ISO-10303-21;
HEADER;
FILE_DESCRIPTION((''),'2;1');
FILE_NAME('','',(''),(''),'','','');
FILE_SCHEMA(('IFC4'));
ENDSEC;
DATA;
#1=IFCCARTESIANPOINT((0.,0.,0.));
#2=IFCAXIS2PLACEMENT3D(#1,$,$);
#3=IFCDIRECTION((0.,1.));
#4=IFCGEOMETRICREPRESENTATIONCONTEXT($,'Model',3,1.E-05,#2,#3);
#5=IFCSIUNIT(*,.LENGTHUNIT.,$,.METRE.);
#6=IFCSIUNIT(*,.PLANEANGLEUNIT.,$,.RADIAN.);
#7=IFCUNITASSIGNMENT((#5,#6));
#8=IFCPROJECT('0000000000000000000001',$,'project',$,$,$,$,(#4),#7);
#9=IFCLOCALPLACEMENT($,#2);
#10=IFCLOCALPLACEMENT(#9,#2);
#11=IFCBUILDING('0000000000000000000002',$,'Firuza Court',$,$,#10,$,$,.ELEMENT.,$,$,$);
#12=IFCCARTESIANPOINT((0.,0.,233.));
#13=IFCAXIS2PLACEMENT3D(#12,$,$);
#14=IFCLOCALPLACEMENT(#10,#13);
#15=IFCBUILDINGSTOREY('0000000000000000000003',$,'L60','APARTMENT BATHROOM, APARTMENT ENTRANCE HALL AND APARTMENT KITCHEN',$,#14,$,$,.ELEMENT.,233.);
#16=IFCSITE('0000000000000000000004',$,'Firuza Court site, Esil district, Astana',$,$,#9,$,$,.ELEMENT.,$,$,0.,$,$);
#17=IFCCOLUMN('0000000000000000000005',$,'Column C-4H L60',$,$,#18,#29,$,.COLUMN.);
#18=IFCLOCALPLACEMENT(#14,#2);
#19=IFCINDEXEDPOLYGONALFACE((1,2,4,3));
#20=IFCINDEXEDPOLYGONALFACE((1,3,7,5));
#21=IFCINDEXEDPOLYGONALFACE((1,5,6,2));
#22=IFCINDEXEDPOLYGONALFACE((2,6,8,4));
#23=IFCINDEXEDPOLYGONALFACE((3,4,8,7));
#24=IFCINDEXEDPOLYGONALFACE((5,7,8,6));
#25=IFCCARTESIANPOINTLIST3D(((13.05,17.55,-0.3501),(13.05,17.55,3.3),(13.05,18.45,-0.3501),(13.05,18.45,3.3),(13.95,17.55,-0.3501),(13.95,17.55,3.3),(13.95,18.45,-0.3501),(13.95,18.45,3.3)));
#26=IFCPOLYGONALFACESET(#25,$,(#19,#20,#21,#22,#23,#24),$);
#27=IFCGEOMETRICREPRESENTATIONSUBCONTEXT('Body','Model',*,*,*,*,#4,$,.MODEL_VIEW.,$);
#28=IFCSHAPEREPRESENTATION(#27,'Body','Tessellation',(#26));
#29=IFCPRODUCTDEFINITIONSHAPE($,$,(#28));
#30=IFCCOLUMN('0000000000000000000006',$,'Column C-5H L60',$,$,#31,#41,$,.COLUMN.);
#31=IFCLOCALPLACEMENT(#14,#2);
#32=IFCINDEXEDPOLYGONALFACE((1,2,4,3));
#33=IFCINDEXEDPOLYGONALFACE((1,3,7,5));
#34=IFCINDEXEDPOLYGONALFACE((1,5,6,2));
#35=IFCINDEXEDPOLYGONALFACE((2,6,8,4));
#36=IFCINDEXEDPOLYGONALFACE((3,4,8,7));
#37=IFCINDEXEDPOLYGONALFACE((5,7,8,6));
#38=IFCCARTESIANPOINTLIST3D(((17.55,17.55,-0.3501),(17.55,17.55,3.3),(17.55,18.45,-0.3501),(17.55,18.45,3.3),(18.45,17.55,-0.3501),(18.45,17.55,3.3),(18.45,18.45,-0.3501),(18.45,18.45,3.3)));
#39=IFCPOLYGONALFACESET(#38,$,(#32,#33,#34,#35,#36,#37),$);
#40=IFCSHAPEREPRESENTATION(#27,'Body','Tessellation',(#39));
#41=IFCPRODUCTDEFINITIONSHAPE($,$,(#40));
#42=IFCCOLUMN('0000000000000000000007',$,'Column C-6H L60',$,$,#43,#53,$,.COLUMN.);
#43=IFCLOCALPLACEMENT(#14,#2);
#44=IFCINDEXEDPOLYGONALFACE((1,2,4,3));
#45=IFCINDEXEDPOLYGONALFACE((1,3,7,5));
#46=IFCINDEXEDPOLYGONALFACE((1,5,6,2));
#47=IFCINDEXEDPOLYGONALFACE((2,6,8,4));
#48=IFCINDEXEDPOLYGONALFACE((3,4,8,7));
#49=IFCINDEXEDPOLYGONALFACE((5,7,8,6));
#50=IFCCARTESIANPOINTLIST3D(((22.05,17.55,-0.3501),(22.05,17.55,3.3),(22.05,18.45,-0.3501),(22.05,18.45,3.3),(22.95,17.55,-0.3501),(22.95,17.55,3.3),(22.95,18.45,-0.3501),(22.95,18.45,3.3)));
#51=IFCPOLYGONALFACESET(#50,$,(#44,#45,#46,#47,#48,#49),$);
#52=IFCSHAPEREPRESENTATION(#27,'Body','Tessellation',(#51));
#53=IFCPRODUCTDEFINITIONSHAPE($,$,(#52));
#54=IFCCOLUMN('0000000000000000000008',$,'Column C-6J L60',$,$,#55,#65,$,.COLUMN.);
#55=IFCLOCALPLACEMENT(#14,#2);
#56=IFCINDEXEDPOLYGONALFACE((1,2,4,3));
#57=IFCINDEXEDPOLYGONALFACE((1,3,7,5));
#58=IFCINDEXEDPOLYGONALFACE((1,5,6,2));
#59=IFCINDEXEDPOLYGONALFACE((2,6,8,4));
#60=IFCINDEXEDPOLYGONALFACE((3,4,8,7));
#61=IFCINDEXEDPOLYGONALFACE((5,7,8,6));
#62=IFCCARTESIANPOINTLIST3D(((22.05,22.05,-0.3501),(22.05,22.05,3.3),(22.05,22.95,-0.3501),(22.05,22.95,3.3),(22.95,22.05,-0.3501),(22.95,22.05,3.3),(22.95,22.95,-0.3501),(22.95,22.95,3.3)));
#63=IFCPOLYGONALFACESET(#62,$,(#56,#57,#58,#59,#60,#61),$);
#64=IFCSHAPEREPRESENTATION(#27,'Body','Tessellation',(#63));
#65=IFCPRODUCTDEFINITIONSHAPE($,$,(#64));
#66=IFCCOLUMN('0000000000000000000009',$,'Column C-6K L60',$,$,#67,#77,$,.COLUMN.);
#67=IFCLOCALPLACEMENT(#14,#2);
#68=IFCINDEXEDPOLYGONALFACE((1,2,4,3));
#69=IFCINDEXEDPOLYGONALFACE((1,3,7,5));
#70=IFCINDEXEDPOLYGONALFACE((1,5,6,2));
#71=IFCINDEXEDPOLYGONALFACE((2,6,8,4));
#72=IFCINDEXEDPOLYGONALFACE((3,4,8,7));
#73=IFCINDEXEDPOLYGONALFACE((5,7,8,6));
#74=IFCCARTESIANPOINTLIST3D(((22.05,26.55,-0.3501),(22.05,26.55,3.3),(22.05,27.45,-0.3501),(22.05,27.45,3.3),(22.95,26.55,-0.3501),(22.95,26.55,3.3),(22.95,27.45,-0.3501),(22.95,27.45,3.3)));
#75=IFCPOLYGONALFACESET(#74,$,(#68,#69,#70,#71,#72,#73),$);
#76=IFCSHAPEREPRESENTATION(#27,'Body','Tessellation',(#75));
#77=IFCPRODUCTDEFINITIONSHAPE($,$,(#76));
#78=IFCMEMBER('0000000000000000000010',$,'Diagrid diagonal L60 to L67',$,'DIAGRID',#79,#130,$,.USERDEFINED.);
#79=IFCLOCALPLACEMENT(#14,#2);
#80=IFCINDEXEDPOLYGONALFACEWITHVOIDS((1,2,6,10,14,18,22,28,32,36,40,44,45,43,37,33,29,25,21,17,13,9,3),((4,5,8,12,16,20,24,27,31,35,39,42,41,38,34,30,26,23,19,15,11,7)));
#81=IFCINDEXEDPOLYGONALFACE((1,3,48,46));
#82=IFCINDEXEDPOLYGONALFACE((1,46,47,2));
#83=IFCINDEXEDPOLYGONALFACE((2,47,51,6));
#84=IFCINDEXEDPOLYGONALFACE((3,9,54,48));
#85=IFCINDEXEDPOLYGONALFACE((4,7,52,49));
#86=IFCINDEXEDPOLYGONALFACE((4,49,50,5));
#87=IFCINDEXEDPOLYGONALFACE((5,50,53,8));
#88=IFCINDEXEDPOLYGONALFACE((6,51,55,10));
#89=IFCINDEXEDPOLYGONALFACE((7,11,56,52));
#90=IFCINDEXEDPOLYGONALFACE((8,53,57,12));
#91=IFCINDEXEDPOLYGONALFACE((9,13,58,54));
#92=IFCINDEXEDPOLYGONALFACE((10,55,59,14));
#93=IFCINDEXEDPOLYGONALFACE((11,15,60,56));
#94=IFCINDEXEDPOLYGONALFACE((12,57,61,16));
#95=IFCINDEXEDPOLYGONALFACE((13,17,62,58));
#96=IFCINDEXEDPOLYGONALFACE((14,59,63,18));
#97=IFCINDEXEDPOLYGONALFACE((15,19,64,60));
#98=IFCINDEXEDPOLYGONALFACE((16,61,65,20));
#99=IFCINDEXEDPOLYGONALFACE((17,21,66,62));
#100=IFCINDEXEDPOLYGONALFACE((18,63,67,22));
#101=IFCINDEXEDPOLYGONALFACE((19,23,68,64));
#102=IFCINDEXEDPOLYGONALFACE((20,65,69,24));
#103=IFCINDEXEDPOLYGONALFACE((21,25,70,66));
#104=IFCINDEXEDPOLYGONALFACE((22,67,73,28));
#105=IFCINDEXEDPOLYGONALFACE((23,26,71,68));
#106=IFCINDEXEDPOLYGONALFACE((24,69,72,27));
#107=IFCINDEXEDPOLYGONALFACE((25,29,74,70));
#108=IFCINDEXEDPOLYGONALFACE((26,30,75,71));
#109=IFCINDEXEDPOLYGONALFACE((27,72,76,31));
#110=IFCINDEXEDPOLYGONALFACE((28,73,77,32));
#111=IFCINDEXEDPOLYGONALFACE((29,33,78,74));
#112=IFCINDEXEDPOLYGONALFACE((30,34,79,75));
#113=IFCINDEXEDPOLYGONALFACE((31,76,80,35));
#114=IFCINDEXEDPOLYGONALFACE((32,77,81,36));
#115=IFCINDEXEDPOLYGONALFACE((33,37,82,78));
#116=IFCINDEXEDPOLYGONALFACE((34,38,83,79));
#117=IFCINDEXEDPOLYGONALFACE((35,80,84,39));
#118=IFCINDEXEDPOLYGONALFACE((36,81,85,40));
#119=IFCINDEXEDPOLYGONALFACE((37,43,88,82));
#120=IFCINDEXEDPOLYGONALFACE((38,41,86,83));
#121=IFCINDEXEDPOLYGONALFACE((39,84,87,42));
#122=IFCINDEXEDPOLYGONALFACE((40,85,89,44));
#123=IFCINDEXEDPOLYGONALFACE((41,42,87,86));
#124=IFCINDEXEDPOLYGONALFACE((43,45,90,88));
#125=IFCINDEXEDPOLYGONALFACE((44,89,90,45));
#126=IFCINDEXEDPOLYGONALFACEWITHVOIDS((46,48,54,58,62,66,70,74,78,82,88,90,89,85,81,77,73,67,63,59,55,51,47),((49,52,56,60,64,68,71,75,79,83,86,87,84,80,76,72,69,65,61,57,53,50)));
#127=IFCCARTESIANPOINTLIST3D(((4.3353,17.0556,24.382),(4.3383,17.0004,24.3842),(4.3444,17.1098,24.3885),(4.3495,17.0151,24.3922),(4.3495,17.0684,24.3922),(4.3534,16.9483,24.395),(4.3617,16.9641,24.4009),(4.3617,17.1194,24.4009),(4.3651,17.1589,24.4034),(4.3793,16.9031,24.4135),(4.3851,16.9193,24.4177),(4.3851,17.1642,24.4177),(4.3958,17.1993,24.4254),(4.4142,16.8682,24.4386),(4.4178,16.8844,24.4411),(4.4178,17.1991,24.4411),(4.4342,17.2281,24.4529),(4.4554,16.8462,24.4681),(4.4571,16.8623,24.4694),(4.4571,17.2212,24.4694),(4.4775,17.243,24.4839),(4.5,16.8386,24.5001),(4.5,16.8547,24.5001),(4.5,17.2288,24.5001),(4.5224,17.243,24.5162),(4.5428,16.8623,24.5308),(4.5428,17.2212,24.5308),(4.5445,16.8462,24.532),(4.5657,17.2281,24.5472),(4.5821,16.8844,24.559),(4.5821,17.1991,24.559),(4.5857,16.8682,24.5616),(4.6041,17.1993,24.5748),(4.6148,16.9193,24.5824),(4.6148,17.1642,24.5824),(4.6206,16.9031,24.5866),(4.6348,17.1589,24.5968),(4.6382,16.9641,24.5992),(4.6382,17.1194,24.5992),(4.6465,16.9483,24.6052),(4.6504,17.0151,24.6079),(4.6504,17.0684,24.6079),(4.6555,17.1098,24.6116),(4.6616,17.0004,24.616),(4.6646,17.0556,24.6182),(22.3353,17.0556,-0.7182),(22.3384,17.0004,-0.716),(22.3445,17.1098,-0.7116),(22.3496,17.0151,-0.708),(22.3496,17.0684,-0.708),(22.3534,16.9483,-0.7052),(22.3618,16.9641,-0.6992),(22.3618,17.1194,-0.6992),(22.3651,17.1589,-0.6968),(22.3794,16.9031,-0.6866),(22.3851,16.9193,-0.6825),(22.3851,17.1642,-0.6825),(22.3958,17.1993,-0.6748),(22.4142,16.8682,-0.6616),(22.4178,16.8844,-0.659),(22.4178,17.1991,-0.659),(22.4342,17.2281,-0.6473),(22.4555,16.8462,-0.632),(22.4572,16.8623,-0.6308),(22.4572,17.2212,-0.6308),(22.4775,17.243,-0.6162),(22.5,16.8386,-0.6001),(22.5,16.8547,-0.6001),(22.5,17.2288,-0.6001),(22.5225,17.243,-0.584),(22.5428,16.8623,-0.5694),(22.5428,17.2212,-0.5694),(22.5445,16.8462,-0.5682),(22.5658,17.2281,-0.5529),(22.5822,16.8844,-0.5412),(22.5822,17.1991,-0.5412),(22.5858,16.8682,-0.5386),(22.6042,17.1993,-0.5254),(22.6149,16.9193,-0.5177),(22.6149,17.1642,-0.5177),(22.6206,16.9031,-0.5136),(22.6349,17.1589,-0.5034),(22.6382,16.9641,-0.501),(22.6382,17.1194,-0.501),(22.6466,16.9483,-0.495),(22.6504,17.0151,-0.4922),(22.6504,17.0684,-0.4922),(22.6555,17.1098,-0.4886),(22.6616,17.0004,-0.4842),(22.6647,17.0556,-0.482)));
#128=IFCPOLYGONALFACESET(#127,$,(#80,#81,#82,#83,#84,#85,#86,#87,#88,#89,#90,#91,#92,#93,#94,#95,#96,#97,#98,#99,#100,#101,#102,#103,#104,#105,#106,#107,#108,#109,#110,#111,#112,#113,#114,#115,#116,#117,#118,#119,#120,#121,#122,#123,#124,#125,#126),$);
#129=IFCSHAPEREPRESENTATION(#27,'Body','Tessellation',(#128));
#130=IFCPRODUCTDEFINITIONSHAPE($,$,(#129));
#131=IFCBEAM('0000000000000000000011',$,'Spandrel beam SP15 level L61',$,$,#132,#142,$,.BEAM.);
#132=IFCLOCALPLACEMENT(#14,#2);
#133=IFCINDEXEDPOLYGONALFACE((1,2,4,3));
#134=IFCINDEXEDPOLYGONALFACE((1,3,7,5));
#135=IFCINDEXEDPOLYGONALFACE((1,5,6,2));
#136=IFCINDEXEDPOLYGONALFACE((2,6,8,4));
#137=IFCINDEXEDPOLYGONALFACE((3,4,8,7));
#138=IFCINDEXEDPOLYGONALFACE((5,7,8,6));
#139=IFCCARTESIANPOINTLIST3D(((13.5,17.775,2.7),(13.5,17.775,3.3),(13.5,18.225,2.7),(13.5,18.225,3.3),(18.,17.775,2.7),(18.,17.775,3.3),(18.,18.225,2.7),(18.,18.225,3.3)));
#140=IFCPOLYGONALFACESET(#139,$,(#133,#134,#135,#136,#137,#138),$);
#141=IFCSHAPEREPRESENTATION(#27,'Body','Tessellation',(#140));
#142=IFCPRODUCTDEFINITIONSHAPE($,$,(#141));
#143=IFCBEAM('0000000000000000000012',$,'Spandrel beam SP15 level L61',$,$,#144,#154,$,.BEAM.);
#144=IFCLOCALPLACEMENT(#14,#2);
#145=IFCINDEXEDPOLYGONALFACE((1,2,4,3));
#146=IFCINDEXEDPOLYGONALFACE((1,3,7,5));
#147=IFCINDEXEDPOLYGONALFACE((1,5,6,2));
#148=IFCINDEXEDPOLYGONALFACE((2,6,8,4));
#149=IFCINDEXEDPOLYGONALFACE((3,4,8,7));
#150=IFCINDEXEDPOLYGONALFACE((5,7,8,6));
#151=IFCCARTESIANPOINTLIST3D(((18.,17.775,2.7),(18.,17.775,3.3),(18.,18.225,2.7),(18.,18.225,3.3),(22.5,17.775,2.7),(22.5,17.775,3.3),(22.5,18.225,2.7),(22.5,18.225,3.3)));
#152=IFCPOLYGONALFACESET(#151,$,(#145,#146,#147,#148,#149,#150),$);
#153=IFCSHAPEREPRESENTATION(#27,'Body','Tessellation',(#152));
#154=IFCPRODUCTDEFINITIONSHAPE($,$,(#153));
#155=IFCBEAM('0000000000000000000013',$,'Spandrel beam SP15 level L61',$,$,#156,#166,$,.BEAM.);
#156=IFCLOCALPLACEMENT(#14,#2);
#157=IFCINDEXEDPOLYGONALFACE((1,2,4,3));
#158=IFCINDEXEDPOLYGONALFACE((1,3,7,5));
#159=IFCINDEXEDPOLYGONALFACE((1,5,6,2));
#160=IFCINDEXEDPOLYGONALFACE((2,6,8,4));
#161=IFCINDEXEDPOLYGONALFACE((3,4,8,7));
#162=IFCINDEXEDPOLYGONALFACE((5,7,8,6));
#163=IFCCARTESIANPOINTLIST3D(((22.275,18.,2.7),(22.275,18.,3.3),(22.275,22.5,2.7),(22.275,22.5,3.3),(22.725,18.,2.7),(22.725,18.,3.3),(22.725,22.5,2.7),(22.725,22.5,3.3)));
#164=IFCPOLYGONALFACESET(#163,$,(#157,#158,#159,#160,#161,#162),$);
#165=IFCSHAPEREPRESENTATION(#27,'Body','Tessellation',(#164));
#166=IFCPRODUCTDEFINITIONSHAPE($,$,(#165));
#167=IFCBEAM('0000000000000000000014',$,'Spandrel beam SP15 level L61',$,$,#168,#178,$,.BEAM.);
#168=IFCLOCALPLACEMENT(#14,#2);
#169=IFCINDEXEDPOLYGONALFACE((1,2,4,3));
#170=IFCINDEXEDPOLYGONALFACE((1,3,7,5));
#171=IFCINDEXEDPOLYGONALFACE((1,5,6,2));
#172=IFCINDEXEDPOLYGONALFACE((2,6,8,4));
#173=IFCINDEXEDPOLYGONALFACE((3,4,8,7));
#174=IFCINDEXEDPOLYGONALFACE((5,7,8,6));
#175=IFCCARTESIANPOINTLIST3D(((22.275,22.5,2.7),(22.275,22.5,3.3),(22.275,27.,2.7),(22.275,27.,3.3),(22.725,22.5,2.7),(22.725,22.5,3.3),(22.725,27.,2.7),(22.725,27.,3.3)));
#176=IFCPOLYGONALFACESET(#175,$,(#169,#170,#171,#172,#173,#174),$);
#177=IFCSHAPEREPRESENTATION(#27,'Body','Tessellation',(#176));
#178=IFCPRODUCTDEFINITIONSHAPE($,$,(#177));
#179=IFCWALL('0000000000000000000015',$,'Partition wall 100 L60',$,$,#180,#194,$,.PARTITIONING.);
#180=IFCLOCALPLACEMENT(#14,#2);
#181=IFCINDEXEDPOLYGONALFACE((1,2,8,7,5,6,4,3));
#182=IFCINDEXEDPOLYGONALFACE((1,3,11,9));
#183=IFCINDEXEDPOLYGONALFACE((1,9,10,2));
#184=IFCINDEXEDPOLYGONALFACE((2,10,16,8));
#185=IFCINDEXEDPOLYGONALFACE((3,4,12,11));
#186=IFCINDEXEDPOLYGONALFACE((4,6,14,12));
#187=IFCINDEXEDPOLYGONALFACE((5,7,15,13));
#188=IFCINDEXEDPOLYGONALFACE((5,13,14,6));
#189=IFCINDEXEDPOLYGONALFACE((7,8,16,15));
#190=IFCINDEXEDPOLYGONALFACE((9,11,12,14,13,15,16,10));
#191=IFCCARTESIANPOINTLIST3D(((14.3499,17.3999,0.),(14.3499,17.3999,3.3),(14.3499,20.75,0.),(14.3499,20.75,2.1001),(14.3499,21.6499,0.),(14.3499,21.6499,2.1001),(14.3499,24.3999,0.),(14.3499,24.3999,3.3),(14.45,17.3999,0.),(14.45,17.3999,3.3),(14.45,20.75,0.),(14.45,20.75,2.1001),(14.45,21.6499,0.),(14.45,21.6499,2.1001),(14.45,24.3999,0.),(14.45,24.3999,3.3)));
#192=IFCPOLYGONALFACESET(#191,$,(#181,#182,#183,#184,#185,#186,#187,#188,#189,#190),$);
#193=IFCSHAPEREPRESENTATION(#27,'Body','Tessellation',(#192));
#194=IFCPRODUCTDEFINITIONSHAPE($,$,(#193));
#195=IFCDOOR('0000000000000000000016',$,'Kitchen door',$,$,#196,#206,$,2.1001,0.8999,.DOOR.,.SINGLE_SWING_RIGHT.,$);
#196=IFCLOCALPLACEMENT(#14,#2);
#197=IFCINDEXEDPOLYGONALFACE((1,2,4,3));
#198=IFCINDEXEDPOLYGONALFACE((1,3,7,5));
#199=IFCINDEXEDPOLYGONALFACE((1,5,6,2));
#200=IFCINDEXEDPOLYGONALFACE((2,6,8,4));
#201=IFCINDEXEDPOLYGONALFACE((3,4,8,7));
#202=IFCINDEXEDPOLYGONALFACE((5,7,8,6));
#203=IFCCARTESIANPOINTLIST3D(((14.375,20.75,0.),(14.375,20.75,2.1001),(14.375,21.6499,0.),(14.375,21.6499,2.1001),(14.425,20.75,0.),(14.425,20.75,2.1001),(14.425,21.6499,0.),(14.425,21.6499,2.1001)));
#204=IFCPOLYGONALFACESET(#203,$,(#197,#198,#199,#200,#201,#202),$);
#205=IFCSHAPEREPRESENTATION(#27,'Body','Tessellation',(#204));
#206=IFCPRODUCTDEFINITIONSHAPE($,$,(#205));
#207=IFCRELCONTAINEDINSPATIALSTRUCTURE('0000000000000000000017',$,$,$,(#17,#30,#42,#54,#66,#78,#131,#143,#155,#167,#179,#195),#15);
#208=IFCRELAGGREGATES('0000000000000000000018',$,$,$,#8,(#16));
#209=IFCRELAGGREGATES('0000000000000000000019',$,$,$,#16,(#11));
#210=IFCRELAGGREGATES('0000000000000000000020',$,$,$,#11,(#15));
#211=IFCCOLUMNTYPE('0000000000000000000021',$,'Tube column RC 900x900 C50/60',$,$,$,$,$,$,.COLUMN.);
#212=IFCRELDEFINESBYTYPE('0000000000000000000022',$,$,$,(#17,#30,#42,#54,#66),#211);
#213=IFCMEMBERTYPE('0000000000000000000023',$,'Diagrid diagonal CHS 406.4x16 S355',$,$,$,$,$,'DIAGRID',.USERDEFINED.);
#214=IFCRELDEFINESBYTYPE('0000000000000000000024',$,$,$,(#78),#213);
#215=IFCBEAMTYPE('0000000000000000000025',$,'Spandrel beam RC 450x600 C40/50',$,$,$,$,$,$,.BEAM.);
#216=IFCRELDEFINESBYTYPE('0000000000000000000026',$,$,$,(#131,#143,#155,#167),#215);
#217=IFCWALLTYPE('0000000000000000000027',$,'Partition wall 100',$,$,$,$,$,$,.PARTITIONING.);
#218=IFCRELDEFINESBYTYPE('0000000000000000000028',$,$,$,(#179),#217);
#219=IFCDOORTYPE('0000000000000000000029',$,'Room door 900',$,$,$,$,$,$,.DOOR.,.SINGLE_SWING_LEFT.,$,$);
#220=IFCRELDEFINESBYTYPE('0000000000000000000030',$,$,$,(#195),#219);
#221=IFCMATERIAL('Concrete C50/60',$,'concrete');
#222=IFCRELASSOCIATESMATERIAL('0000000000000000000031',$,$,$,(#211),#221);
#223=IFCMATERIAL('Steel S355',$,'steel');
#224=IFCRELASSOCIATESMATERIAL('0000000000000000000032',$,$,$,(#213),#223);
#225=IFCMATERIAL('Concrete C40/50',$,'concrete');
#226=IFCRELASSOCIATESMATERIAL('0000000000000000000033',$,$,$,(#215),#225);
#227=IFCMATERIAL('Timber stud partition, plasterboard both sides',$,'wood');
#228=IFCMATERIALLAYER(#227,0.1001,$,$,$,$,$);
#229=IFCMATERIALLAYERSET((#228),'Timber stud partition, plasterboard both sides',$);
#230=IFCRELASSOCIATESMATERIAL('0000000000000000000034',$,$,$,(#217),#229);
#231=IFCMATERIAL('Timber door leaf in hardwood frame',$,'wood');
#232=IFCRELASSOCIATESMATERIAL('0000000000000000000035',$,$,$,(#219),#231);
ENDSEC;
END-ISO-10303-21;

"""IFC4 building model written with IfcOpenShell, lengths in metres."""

from ifc_helpers import new_model, si_unit, direction, frame, frame_2d, origin, origin_2d, place, context, subcontext, project, spatial, rectangle, hollow_circle, extrude, material, layer, layer_set, material_profile, profile_set, type_object, element, fill, save


model = new_model("IFC4")

# Units and contexts
model_context = context("Model", 3, precision=1e-05, world=origin(), true_north=direction((0.0, 1.0)))
body_context = subcontext(model_context, "Body", "Model", "MODEL_VIEW")
ifc_project = project(units=[si_unit("LENGTHUNIT", "METRE"), si_unit("PLANEANGLEUNIT", "RADIAN")], contexts=[model_context])

# Site, building, storey
site_placement = place(None, origin())
site = spatial("IfcSite", under=ifc_project, at=site_placement, Name="Firuza Court site, Esil district, Astana", CompositionType="ELEMENT", RefElevation=0.0)
building_placement = place(site_placement, origin())
building = spatial("IfcBuilding", under=site, at=building_placement, Name="Firuza Court", CompositionType="ELEMENT")
storey_placement = place(building_placement, frame((0.0, 0.0, 233.0)))
storey = spatial("IfcBuildingStorey", under=building, at=storey_placement, Name="L60", Description="APARTMENT BATHROOM, APARTMENT ENTRANCE HALL AND APARTMENT KITCHEN", CompositionType="ELEMENT", Elevation=233.0)

# Columns
ifc_material_1 = material(Name="Concrete C50/60", Category="concrete")
ifc_material_profile_1 = material_profile(ifc_material_1, rectangle(XDim=0.8999, YDim=0.8999, at=origin_2d()), Name="RC 900x900")
ifc_profile_set_1 = profile_set([ifc_material_profile_1], Name="Concrete C50/60")
column_type = type_object("IfcColumnType", Name="Tube column RC 900x900 C50/60", PredefinedType="COLUMN", material=ifc_profile_set_1)
for number, where, z_axis, x_axis, name in (
    (1, (13.5, 18.0, -0.3501), (0.0, 0.0, 1.0), (1.0, 0.0, 0.0), "Column C-4H L60"),
    (2, (18.0, 18.0, -0.3501), (0.0, 0.0, 1.0), (1.0, 0.0, 0.0), "Column C-5H L60"),
    (3, (22.5, 18.0, -0.3501), (0.0, 0.0, 1.0), (1.0, 0.0, 0.0), "Column C-6H L60"),
    (4, (22.5, 22.5, -0.3501), (0.0, 0.0, 1.0), (1.0, 0.0, 0.0), "Column C-6J L60"),
    (5, (22.5, 27.0, -0.3501), (0.0, 0.0, 1.0), (1.0, 0.0, 0.0), "Column C-6K L60"),
):
    element("IfcColumn", number, at=place(storey_placement, frame(where, z_axis=z_axis, x_axis=x_axis)), inside=storey, type_object=column_type, Name=name, PredefinedType="COLUMN", context=body_context, shape_type="SweptSolid", body=[
        extrude(rectangle(XDim=0.8999, YDim=0.8999, at=origin_2d()), origin(), (0.0, 0.0, 1.0), 3.6501),
    ])

# Member
ifc_material_2 = material(Name="Steel S355", Category="steel")
ifc_material_profile_2 = material_profile(ifc_material_2, hollow_circle(Radius=0.2031, WallThickness=0.0161, at=origin_2d()), Name="CHS 406.4x16")
ifc_profile_set_2 = profile_set([ifc_material_profile_2], Name="Steel S355")
member_type = type_object("IfcMemberType", Name="Diagrid diagonal CHS 406.4x16 S355", ElementType="DIAGRID", PredefinedType="USERDEFINED", material=ifc_profile_set_2)
member_placement = place(storey_placement, frame((22.5, 17.0417, -0.6001), z_axis=(-0.582767, 0.0, 0.812639), x_axis=(0.0, -1.0, 0.0)))
element("IfcMember", 6, at=member_placement, inside=storey, type_object=member_type, Name="Diagrid diagonal L60 to L67", ObjectType="DIAGRID", PredefinedType="USERDEFINED", context=body_context, shape_type="SweptSolid", body=[
    extrude(hollow_circle(Radius=0.2031, WallThickness=0.0161, at=origin_2d()), origin(), (0.0, 0.0, 1.0), 30.8872),
])

# Beams
ifc_material_3 = material(Name="Concrete C40/50", Category="concrete")
ifc_material_profile_3 = material_profile(ifc_material_3, rectangle(XDim=0.45, YDim=0.6001, at=origin_2d()), Name="RC 450x600")
ifc_profile_set_3 = profile_set([ifc_material_profile_3], Name="Concrete C40/50")
beam_type = type_object("IfcBeamType", Name="Spandrel beam RC 450x600 C40/50", PredefinedType="BEAM", material=ifc_profile_set_3)
for number, where, z_axis, x_axis, name in (
    (7, (13.5, 18.0, 3.0), (1.0, 0.0, 0.0), (0.0, 1.0, 0.0), "Spandrel beam SP15 level L61"),
    (8, (18.0, 18.0, 3.0), (1.0, 0.0, 0.0), (0.0, 1.0, 0.0), "Spandrel beam SP15 level L61"),
    (9, (22.5, 18.0, 3.0), (0.0, 1.0, 0.0), (-1.0, 0.0, 0.0), "Spandrel beam SP15 level L61"),
    (10, (22.5, 22.5, 3.0), (0.0, 1.0, 0.0), (-1.0, 0.0, 0.0), "Spandrel beam SP15 level L61"),
):
    element("IfcBeam", number, at=place(storey_placement, frame(where, z_axis=z_axis, x_axis=x_axis)), inside=storey, type_object=beam_type, Name=name, PredefinedType="BEAM", context=body_context, shape_type="SweptSolid", body=[
        extrude(rectangle(XDim=0.45, YDim=0.6001, at=origin_2d()), origin(), (0.0, 0.0, 1.0), 4.5),
    ])

# Wall, opening, door
ifc_material_4 = material(Name="Timber stud partition, plasterboard both sides", Category="wood")
ifc_layer = layer(ifc_material_4, 0.1001)
ifc_layer_set = layer_set([ifc_layer], Name="Timber stud partition, plasterboard both sides")
wall_type = type_object("IfcWallType", Name="Partition wall 100", PredefinedType="PARTITIONING", material=ifc_layer_set)
wall_1_placement = place(storey_placement, frame((14.3999, 17.3999, 0.0), z_axis=(0.0, 0.0, 1.0), x_axis=(0.0, 1.0, 0.0)))
wall_1 = element("IfcWall", 11, at=wall_1_placement, inside=storey, type_object=wall_type, Name="Partition wall 100 L60", PredefinedType="PARTITIONING", context=body_context, shape_type="SweptSolid", body=[
    extrude(rectangle(XDim=7.0, YDim=0.1001, at=frame_2d((3.5, 0.0))), origin(), (0.0, 0.0, 1.0), 3.3),
])
opening_1_placement = place(wall_1_placement, frame((3.3501, 0.0, 0.0)))
opening_1 = element("IfcOpeningElement", 12, at=opening_1_placement, cuts=wall_1, PredefinedType="OPENING", context=body_context, shape_type="SweptSolid", body=[
    extrude(rectangle(XDim=0.8999, YDim=2.1001, at=frame_2d((0.45, 1.05))), frame((0.0, 0.062, 0.0), z_axis=(0.0, -1.0, 0.0), x_axis=(1.0, 0.0, 0.0)), (0.0, 0.0, 1.0), 0.124),
])
ifc_material_5 = material(Name="Timber door leaf in hardwood frame", Category="wood")
door_type_1 = type_object("IfcDoorType", Name="Room door 900", OperationType="SINGLE_SWING_LEFT", PredefinedType="DOOR", material=ifc_material_5)
door_1_placement = place(opening_1_placement, origin())
door_1 = element("IfcDoor", 13, at=door_1_placement, inside=storey, type_object=door_type_1, Name="Kitchen door", OperationType="SINGLE_SWING_RIGHT", OverallHeight=2.1001, OverallWidth=0.8999, PredefinedType="DOOR", context=body_context, shape_type="SweptSolid", body=[
    extrude(rectangle(XDim=0.8999, YDim=2.1001, at=frame_2d((0.45, 1.05))), frame((0.0, 0.0249, 0.0), z_axis=(0.0, -1.0, 0.0), x_axis=(1.0, 0.0, 0.0)), (0.0, 0.0, 1.0), 0.05),
])
fill(opening_1, door_1)

save(model, "model.ifc")
